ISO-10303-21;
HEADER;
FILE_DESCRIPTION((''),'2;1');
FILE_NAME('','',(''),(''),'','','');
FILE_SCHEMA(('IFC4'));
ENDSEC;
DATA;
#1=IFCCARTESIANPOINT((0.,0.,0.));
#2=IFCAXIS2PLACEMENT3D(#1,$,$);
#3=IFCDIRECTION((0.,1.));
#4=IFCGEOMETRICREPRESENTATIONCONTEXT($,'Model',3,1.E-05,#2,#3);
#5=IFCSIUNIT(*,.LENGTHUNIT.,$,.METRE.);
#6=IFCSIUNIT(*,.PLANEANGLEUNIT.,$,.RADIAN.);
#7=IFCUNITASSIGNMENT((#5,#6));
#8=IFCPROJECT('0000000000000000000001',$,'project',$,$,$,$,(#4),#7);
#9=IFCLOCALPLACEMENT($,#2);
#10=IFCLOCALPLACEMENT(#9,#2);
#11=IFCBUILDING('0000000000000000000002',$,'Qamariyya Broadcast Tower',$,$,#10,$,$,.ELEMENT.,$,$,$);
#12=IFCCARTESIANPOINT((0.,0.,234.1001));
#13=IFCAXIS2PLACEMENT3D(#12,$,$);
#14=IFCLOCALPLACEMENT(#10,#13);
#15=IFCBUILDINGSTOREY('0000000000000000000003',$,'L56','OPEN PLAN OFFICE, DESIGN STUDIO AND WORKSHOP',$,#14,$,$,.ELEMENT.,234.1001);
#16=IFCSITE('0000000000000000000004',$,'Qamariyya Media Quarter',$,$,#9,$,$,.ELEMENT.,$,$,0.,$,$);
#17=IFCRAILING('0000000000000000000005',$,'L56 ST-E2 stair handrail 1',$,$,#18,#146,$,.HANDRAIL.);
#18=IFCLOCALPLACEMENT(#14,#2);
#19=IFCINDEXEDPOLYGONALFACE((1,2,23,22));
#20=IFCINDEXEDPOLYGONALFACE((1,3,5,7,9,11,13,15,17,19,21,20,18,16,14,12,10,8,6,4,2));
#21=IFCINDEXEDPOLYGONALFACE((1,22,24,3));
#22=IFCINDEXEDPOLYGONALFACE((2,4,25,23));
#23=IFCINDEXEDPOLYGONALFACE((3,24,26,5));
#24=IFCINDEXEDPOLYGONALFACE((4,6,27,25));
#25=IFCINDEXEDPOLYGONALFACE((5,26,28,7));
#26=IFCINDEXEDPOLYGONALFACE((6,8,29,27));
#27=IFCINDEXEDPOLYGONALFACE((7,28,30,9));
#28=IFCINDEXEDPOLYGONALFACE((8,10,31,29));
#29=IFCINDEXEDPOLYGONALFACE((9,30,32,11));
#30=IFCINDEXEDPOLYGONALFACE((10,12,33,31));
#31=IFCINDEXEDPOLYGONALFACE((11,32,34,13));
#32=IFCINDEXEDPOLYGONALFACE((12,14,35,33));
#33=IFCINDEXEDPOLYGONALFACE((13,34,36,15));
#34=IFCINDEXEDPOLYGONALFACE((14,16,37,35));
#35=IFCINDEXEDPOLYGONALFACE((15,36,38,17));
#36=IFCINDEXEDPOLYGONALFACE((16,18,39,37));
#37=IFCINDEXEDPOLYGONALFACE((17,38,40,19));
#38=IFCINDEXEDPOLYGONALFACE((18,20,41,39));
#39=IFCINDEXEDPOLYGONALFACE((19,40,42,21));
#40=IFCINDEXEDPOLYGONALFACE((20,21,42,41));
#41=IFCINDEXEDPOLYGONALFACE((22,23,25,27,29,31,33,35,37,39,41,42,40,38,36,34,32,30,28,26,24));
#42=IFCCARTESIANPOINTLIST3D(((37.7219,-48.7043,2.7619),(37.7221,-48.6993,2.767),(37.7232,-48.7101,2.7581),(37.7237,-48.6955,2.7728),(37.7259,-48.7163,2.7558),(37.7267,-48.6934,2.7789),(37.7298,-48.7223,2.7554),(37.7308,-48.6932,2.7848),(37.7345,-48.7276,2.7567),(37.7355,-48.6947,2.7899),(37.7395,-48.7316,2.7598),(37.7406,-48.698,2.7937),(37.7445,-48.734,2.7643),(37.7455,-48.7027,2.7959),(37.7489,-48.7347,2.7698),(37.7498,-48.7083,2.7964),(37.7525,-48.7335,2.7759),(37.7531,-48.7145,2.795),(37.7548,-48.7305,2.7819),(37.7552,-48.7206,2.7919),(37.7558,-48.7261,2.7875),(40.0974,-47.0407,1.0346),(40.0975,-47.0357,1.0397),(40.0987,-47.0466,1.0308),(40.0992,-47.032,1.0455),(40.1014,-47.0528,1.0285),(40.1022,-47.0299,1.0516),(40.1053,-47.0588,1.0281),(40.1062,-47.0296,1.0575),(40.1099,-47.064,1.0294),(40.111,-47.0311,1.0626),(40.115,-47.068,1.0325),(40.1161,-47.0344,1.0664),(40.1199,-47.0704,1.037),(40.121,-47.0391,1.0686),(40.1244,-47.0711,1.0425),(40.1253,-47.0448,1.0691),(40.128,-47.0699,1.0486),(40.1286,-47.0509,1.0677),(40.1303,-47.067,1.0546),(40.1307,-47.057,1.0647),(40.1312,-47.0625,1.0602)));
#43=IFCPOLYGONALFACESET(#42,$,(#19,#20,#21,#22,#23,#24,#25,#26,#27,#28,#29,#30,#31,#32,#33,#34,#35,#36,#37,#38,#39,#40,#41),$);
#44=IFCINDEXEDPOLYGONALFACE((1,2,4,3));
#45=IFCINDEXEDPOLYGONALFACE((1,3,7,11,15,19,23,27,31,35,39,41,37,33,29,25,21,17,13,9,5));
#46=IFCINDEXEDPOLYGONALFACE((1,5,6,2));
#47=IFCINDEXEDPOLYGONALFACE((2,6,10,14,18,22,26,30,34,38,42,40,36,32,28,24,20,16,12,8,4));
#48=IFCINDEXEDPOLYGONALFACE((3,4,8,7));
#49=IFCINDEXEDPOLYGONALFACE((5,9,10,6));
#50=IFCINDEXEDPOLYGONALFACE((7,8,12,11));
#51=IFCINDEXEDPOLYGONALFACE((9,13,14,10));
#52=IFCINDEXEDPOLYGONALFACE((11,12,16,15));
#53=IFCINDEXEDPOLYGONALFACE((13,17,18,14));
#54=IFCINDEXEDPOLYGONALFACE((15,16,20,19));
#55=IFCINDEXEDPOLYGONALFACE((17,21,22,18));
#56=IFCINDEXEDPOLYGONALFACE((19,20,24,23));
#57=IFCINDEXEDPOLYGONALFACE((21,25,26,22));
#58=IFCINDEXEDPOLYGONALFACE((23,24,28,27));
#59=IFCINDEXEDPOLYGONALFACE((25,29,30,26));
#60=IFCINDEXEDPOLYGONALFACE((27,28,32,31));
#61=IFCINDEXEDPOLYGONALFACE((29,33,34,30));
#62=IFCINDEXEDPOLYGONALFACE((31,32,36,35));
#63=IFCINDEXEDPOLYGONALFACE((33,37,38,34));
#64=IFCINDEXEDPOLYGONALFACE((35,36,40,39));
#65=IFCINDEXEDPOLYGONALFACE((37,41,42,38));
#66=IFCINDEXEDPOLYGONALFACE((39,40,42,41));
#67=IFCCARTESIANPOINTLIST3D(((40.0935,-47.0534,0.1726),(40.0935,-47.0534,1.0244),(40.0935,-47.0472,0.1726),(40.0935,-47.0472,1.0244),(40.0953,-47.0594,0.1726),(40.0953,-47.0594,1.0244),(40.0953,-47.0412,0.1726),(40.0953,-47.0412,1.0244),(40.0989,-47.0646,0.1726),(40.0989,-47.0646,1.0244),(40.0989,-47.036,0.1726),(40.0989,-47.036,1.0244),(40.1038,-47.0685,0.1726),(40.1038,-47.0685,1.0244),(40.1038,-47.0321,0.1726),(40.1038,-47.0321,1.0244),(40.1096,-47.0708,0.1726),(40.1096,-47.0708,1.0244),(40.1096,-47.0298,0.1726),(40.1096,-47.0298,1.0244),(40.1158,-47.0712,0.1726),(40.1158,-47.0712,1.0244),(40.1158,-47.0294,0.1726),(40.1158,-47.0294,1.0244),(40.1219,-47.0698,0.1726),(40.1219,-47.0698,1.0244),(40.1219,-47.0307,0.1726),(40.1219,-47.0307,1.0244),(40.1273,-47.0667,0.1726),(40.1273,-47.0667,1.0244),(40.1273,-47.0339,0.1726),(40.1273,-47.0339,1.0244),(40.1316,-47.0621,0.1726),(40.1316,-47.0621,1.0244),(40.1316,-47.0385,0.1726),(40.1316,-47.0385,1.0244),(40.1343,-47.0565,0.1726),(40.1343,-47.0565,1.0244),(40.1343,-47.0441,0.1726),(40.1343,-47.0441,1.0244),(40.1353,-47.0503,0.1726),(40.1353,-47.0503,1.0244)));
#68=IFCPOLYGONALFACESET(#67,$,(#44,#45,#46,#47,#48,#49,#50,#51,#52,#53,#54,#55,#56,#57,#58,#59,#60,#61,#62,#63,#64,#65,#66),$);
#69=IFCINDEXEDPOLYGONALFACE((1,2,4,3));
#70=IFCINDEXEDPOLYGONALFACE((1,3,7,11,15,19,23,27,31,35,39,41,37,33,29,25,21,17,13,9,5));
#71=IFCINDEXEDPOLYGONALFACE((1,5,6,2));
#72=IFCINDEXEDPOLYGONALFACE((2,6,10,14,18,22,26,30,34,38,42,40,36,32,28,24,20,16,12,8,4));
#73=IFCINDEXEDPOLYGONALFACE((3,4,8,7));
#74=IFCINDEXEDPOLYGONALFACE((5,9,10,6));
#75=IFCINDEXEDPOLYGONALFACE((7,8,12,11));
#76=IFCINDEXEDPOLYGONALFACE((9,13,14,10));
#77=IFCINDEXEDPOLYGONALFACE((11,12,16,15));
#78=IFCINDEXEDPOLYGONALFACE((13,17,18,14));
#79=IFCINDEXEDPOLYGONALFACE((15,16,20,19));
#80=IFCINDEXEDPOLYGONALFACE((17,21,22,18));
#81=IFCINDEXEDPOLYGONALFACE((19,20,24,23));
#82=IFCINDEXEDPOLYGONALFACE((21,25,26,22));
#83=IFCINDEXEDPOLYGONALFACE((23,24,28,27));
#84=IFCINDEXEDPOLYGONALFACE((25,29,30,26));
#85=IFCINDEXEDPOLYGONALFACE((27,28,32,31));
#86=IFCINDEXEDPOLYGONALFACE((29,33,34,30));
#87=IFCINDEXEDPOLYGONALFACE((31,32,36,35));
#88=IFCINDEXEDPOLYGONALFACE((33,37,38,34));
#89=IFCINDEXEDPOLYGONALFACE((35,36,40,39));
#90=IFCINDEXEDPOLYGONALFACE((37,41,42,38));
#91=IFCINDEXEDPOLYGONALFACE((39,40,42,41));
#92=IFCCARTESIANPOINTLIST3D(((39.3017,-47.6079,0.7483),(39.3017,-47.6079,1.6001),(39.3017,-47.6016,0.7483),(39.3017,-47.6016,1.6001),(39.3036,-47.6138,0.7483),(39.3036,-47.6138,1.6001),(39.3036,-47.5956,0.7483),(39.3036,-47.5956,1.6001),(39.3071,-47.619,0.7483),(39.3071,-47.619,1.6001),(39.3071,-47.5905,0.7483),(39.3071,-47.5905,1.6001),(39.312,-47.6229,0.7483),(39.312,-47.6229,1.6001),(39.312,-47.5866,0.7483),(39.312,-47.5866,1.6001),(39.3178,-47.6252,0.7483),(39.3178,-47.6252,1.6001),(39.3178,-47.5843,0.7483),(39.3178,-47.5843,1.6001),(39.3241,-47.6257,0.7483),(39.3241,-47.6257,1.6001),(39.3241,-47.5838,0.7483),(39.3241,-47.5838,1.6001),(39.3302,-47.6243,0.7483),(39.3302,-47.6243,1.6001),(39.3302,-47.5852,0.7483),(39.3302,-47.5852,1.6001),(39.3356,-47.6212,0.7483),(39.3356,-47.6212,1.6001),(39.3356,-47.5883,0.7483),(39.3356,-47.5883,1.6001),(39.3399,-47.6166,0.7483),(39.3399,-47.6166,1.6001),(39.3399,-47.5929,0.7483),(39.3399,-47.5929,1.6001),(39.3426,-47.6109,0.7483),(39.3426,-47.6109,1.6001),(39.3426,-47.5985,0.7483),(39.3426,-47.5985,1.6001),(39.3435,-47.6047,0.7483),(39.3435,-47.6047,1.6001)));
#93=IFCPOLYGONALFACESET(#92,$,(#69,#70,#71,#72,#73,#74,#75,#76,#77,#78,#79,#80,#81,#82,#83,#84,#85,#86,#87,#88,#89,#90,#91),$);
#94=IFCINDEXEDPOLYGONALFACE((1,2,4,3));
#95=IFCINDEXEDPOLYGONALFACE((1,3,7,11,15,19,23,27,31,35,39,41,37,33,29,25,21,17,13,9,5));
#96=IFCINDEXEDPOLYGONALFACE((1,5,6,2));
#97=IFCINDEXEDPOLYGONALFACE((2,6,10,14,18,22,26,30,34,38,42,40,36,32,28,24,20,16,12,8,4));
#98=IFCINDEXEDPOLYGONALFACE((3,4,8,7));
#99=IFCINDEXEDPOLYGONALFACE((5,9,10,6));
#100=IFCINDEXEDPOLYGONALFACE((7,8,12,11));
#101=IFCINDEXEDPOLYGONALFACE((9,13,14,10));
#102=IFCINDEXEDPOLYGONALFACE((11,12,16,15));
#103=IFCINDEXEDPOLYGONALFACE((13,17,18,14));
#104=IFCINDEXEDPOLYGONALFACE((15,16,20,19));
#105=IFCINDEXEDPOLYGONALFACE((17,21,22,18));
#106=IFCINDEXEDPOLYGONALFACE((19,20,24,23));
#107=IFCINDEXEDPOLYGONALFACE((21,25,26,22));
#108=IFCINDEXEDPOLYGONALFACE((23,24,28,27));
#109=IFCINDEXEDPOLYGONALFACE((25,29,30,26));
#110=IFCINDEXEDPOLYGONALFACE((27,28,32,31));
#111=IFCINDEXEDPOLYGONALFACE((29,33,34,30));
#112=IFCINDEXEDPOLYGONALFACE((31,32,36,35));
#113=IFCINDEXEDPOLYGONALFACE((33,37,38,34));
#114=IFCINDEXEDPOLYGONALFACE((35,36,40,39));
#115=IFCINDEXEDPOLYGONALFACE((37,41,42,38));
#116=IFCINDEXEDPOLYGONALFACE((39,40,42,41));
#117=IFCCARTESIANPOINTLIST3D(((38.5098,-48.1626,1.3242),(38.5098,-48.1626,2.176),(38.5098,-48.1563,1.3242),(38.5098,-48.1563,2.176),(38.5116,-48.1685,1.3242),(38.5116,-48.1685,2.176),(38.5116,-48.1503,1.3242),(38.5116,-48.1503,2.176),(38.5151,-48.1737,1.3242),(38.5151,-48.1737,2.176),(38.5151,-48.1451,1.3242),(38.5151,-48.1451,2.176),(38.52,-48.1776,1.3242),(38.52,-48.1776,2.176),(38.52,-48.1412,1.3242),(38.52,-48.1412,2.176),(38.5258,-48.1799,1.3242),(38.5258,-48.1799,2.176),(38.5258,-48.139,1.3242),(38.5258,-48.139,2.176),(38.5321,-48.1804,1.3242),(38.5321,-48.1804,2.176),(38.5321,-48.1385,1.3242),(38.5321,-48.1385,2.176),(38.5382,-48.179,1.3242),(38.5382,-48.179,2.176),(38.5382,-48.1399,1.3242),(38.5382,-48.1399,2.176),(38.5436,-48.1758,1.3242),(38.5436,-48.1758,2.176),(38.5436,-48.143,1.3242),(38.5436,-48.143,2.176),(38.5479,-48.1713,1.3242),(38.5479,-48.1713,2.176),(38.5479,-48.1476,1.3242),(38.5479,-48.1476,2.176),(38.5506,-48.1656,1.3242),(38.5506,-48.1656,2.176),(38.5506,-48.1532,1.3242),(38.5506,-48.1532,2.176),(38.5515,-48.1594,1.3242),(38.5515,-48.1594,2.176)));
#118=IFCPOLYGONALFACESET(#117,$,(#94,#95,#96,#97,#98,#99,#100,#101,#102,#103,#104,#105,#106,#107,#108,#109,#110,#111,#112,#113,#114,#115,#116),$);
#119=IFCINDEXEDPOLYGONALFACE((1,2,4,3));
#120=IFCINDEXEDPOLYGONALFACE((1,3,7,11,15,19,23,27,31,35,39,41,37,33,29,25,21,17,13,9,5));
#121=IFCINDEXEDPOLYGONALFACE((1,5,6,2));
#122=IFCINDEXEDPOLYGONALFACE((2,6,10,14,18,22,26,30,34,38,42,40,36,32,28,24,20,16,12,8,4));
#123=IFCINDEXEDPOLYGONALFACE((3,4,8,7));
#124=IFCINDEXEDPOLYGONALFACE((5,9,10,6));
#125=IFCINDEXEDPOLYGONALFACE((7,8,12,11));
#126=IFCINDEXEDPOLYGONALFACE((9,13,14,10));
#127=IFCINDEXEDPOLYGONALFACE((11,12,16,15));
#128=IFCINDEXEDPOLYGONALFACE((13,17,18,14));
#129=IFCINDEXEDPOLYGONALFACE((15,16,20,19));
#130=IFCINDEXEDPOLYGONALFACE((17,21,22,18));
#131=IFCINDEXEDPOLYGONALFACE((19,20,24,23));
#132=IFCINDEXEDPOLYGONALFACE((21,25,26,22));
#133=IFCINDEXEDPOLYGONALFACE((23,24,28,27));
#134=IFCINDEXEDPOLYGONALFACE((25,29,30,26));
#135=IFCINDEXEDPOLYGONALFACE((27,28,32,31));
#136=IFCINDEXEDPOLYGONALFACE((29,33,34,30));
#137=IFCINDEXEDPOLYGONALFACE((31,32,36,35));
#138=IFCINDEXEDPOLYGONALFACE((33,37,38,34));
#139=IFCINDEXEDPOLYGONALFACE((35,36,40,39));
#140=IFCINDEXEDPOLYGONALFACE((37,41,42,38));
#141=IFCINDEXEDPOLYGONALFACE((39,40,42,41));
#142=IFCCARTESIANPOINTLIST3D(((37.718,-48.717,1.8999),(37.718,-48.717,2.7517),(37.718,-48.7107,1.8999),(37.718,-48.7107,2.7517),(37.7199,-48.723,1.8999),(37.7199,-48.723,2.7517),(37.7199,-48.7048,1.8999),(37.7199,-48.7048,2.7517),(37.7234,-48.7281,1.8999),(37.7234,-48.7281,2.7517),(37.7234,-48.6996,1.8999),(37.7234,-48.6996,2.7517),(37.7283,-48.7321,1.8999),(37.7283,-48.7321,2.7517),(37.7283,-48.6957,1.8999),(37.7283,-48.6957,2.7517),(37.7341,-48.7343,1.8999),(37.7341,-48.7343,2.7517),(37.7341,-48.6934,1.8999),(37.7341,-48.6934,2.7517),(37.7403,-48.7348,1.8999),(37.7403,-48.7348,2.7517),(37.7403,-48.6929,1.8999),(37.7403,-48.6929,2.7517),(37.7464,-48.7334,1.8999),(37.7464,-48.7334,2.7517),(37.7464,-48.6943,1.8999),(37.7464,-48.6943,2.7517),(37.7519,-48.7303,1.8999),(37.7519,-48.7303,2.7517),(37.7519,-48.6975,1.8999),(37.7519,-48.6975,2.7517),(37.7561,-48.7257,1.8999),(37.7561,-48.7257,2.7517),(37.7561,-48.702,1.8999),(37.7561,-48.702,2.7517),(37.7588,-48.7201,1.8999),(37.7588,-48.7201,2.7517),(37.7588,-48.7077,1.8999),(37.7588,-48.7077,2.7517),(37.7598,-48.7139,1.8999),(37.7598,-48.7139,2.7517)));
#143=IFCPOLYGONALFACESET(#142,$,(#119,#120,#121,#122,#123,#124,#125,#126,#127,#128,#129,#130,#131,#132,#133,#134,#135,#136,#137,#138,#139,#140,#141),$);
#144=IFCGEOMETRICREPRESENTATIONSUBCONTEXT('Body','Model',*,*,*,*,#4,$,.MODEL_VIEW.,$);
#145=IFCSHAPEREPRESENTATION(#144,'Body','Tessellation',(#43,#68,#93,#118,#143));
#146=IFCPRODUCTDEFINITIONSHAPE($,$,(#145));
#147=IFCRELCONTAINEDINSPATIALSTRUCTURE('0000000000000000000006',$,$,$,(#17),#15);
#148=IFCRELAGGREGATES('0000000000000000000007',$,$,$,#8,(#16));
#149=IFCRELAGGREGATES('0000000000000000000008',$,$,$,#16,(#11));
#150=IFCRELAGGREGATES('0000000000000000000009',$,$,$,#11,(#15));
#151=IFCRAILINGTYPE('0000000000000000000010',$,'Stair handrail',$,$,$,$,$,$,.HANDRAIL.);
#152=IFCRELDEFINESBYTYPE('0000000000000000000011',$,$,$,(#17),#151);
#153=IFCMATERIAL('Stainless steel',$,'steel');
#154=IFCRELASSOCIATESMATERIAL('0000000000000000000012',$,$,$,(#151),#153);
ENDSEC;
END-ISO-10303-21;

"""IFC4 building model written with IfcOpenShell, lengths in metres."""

from ifc_helpers import new_model, si_unit, direction, frame, origin, origin_2d, place, context, subcontext, project, spatial, circle, extrude, material, type_object, element, save


model = new_model("IFC4")

# Units and contexts
model_context = context("Model", 3, precision=1e-05, world=origin(), true_north=direction((0.0, 1.0)))
body_context = subcontext(model_context, "Body", "Model", "MODEL_VIEW")
ifc_project = project(units=[si_unit("LENGTHUNIT", "METRE"), si_unit("PLANEANGLEUNIT", "RADIAN")], contexts=[model_context])

# Site, building, storey
site_placement = place(None, origin())
site = spatial("IfcSite", under=ifc_project, at=site_placement, Name="Qamariyya Media Quarter", CompositionType="ELEMENT", RefElevation=0.0)
building_placement = place(site_placement, origin())
building = spatial("IfcBuilding", under=site, at=building_placement, Name="Qamariyya Broadcast Tower", CompositionType="ELEMENT")
storey_placement = place(building_placement, frame((0.0, 0.0, 234.1001)))
storey = spatial("IfcBuildingStorey", under=building, at=storey_placement, Name="L56", Description="OPEN PLAN OFFICE, DESIGN STUDIO AND WORKSHOP", CompositionType="ELEMENT", Elevation=234.1001)

# Railing
ifc_material_1 = material(Name="Stainless steel", Category="steel")
railing_type_1 = type_object("IfcRailingType", Name="Stair handrail", PredefinedType="HANDRAIL", material=ifc_material_1)
railing_1_placement = place(storey_placement, frame((40.1143, -47.0503, 0.1726)))
element("IfcRailing", 1, at=railing_1_placement, inside=storey, type_object=railing_type_1, Name="L56 ST-E2 stair handrail 1", PredefinedType="HANDRAIL", context=body_context, shape_type="SweptSolid", body=[
    extrude(circle(Radius=0.0239, at=origin_2d()), frame((0.0, 0.0, 0.876), z_axis=(-0.703745, -0.492838, 0.511716), x_axis=(0.573632, -0.819113, 0.0)), (0.0, 0.0, 1.0), 3.3755),
    extrude(circle(Radius=0.021, at=origin_2d()), origin(), (0.0, 0.0, 1.0), 0.8518),
    extrude(circle(Radius=0.021, at=origin_2d()), frame((-0.7917, -0.5544, 0.5757)), (0.0, 0.0, 1.0), 0.8518),
    extrude(circle(Radius=0.021, at=origin_2d()), frame((-1.5837, -1.1091, 1.1516)), (0.0, 0.0, 1.0), 0.8518),
    extrude(circle(Radius=0.021, at=origin_2d()), frame((-2.3755, -1.6636, 1.7273)), (0.0, 0.0, 1.0), 0.8518),
])

save(model, "model.ifc")
